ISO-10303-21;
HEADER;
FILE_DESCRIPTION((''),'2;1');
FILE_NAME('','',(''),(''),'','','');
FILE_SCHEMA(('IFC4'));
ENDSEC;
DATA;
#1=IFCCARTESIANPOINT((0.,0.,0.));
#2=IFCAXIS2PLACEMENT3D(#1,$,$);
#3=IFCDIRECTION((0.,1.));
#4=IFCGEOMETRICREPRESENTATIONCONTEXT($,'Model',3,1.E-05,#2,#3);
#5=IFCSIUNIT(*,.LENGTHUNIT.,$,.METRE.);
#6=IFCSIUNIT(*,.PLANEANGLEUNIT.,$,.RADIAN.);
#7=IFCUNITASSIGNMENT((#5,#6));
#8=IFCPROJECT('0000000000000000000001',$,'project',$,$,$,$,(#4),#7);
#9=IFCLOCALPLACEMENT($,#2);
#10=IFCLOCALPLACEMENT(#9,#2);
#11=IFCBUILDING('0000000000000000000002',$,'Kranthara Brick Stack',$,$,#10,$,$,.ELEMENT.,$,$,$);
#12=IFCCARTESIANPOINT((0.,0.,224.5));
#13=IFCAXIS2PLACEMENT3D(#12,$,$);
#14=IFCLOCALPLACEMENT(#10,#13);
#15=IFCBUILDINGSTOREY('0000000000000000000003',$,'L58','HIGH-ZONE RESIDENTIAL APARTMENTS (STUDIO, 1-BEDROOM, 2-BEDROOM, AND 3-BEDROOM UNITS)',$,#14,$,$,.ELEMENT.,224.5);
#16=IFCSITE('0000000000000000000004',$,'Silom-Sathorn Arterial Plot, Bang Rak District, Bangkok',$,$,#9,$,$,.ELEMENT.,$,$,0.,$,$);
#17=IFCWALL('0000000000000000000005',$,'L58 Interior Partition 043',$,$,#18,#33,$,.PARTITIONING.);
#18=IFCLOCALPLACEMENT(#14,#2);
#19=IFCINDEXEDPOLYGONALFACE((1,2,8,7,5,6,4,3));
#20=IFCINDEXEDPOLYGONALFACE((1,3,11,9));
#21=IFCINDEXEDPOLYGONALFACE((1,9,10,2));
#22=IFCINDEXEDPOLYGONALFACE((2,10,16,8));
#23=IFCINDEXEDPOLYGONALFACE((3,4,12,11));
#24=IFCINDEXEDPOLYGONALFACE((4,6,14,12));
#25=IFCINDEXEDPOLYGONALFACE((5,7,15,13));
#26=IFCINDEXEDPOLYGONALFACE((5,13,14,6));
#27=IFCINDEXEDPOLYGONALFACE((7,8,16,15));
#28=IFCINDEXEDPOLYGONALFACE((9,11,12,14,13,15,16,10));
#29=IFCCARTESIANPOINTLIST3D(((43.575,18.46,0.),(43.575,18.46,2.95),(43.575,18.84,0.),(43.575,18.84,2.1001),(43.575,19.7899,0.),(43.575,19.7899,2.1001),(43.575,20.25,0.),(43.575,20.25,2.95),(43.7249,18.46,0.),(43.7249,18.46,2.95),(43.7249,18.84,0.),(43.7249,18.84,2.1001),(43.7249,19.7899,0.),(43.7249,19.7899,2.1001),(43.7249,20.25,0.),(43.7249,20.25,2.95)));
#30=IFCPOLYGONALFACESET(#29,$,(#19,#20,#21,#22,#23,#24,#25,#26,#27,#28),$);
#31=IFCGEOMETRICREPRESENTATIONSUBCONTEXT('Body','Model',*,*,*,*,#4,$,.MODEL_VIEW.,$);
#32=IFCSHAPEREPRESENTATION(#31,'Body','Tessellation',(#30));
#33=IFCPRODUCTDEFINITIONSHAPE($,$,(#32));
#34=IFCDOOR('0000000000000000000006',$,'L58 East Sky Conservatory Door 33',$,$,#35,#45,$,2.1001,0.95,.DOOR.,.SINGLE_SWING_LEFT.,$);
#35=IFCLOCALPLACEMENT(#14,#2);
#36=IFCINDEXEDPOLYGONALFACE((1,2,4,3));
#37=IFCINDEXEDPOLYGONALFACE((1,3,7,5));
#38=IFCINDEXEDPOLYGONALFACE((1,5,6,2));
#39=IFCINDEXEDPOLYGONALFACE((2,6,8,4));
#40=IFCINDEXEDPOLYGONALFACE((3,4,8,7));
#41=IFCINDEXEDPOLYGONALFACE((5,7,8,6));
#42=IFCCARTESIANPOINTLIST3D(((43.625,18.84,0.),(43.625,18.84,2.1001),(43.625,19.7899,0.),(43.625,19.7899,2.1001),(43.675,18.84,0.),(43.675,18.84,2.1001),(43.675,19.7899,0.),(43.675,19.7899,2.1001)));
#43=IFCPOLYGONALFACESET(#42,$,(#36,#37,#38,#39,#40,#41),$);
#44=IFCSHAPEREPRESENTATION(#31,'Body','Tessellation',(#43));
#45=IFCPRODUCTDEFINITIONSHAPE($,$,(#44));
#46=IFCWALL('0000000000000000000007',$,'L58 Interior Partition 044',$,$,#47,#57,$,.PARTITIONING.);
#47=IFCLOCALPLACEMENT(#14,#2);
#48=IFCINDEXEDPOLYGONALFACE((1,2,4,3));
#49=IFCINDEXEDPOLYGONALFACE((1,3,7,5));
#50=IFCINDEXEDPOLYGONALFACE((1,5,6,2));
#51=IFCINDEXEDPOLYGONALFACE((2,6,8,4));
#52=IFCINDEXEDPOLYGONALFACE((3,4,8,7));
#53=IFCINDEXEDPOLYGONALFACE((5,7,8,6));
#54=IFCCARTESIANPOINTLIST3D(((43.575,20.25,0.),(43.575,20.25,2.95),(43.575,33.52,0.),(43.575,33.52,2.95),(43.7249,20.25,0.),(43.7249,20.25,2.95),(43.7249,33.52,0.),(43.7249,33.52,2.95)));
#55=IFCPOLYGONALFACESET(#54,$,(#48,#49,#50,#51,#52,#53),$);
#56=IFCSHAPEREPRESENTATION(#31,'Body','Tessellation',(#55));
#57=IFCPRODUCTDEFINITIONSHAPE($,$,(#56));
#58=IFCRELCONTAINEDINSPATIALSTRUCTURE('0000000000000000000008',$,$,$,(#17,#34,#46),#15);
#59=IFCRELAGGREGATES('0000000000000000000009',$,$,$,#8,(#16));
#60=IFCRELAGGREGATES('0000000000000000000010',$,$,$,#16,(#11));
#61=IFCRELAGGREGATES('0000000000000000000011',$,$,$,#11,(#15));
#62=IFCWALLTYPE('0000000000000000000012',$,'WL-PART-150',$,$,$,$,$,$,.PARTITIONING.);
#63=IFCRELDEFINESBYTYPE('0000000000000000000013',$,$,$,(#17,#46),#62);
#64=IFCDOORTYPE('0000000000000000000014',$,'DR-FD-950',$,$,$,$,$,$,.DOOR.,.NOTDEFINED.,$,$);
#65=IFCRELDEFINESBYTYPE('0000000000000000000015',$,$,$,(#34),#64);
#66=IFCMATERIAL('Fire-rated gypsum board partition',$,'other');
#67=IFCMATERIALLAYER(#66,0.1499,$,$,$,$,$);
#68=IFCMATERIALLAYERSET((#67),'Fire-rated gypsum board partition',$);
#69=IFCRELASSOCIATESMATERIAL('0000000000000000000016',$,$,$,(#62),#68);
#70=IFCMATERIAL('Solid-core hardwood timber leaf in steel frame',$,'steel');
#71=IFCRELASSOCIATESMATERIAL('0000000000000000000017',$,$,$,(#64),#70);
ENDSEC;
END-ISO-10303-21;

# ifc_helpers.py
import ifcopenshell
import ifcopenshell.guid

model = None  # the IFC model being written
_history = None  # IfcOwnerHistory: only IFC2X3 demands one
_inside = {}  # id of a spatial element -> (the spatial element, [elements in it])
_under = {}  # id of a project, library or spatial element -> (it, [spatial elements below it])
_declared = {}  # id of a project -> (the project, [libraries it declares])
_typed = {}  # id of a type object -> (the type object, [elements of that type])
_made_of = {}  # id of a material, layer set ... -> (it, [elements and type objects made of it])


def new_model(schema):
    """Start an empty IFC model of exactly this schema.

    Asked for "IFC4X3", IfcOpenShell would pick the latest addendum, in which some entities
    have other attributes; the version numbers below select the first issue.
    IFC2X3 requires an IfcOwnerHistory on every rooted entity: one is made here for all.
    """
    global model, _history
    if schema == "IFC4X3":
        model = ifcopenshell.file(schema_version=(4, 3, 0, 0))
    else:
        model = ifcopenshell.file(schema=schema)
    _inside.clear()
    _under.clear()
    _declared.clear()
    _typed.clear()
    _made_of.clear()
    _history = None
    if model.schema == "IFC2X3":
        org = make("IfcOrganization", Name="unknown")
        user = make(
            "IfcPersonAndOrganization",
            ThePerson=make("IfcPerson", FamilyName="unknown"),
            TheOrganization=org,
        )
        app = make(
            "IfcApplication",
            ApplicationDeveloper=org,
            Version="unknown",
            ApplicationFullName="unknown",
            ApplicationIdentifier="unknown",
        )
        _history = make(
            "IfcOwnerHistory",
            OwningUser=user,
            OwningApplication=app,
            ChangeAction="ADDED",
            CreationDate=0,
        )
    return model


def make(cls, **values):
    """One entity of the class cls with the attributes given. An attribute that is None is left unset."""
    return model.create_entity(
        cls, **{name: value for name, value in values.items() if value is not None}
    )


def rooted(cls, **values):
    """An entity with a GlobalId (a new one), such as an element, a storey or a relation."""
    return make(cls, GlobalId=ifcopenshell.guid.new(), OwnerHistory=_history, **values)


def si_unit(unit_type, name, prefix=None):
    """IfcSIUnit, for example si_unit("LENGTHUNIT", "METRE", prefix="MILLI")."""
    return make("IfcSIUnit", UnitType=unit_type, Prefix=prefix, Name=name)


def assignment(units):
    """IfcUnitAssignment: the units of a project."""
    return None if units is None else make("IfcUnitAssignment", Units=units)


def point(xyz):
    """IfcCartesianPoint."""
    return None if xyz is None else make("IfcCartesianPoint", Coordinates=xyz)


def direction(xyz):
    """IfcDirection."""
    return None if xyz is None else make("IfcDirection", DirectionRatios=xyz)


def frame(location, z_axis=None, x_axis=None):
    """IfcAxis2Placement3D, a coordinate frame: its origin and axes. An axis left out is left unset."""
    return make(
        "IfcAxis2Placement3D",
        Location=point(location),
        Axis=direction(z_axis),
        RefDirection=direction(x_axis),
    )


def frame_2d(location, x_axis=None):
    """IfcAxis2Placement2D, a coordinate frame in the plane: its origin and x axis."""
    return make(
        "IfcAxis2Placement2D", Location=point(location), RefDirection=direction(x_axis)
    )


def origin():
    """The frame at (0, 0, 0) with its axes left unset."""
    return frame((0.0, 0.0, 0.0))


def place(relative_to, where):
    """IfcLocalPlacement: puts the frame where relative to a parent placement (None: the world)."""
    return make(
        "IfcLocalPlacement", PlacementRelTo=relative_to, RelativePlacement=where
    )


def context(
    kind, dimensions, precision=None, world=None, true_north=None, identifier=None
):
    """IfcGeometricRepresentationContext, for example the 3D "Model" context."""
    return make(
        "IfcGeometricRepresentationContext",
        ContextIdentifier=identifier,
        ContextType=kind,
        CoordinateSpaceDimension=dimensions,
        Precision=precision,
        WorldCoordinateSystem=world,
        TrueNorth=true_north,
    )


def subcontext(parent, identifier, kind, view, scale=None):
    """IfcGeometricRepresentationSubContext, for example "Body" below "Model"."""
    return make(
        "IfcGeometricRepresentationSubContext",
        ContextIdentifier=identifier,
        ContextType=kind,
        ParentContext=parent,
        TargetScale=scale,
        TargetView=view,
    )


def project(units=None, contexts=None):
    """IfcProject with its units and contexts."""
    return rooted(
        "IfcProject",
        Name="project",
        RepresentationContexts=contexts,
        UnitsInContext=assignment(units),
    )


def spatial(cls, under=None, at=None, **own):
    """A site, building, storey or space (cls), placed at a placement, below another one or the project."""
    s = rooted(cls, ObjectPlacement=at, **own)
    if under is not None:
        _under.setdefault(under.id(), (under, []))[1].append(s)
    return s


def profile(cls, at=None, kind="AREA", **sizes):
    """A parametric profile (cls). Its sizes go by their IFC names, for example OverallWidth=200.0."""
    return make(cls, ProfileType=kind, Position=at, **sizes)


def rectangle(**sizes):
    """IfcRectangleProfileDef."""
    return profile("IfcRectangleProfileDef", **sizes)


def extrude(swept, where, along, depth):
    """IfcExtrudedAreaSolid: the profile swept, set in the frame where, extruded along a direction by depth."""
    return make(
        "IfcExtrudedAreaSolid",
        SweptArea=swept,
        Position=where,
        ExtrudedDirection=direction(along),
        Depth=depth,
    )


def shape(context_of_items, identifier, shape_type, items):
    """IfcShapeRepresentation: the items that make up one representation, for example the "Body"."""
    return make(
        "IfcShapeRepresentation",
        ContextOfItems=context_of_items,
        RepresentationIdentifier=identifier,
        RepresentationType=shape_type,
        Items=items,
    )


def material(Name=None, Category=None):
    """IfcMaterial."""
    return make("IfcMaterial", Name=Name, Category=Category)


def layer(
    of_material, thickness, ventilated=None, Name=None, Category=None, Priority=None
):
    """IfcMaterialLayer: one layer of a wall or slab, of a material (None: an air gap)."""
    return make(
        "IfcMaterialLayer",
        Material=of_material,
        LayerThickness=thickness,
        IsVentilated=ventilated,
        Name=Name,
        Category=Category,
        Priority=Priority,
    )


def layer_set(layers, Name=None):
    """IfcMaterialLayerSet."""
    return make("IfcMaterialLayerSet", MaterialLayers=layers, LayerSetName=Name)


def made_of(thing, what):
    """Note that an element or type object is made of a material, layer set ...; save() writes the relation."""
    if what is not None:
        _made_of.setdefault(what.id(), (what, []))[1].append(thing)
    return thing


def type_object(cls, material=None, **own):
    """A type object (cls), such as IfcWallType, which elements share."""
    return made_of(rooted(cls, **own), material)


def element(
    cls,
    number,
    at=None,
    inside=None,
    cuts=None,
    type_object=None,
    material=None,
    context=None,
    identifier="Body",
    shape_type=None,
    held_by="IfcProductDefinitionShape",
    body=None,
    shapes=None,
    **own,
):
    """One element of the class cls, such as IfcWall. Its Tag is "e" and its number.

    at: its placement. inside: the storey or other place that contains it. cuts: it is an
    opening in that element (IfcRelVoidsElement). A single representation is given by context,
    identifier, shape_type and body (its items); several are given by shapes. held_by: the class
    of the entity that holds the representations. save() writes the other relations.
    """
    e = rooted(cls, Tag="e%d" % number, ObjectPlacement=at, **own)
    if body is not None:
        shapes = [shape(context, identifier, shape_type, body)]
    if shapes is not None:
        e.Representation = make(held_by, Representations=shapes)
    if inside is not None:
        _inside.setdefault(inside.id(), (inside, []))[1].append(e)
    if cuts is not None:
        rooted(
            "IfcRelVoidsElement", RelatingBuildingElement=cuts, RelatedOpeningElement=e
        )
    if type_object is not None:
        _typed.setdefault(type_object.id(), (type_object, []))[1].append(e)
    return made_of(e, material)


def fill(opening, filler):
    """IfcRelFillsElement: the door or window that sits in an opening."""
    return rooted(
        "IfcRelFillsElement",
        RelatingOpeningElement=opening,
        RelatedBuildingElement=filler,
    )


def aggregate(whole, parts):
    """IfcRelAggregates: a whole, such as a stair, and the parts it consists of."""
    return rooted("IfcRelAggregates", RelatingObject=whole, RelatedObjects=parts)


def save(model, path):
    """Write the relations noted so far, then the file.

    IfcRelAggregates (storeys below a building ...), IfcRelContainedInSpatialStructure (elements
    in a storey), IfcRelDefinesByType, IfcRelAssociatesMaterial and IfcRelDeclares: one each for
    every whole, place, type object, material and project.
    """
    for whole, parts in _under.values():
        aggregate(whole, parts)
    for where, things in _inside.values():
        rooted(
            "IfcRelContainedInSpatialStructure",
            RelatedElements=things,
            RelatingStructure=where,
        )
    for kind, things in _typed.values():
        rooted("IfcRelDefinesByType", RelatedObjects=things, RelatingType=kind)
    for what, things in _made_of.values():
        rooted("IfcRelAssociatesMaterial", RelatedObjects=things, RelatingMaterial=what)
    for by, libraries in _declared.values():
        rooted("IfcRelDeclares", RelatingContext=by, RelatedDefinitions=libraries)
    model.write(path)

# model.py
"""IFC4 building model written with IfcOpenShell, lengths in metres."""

from ifc_helpers import new_model, si_unit, direction, frame, frame_2d, origin, place, context, subcontext, project, spatial, rectangle, extrude, material, layer, layer_set, type_object, element, fill, save


model = new_model("IFC4")

# Units and contexts
model_context = context("Model", 3, precision=1e-05, world=origin(), true_north=direction((0.0, 1.0)))
body_context = subcontext(model_context, "Body", "Model", "MODEL_VIEW")
ifc_project = project(units=[si_unit("LENGTHUNIT", "METRE"), si_unit("PLANEANGLEUNIT", "RADIAN")], contexts=[model_context])

# Site, building, storey
site_placement = place(None, origin())
site = spatial("IfcSite", under=ifc_project, at=site_placement, Name="Silom-Sathorn Arterial Plot, Bang Rak District, Bangkok", CompositionType="ELEMENT", RefElevation=0.0)
building_placement = place(site_placement, origin())
building = spatial("IfcBuilding", under=site, at=building_placement, Name="Kranthara Brick Stack", CompositionType="ELEMENT")
storey_placement = place(building_placement, frame((0.0, 0.0, 224.5)))
storey = spatial("IfcBuildingStorey", under=building, at=storey_placement, Name="L58", Description="HIGH-ZONE RESIDENTIAL APARTMENTS (STUDIO, 1-BEDROOM, 2-BEDROOM, AND 3-BEDROOM UNITS)", CompositionType="ELEMENT", Elevation=224.5)

# Shared definitions
ifc_material_1 = material(Name="Fire-rated gypsum board partition", Category="other")
ifc_layer_1 = layer(ifc_material_1, 0.1499)
ifc_layer_set_1 = layer_set([ifc_layer_1], Name="Fire-rated gypsum board partition")
wall_type_1 = type_object("IfcWallType", Name="WL-PART-150", PredefinedType="PARTITIONING", material=ifc_layer_set_1)

# Wall, opening, door
wall_1_placement = place(storey_placement, frame((43.6499, 18.46, 0.0), z_axis=(0.0, 0.0, 1.0), x_axis=(0.0, 1.0, 0.0)))
wall_1 = element("IfcWall", 1, at=wall_1_placement, inside=storey, type_object=wall_type_1, Name="L58 Interior Partition 043", PredefinedType="PARTITIONING", context=body_context, shape_type="SweptSolid", body=[
    extrude(rectangle(XDim=1.79, YDim=0.1499, at=frame_2d((0.895, 0.0))), origin(), (0.0, 0.0, 1.0), 2.95),
])
opening_1_placement = place(wall_1_placement, frame((0.3799, 0.0, 0.0)))
opening_1 = element("IfcOpeningElement", 2, at=opening_1_placement, cuts=wall_1, PredefinedType="OPENING", context=body_context, shape_type="SweptSolid", body=[
    extrude(rectangle(XDim=0.95, YDim=2.1001, at=frame_2d((0.4751, 1.05))), frame((0.0, 0.085, 0.0), z_axis=(0.0, -1.0, 0.0), x_axis=(1.0, 0.0, 0.0)), (0.0, 0.0, 1.0), 0.1699),
])
ifc_material_2 = material(Name="Solid-core hardwood timber leaf in steel frame", Category="steel")
door_type_1 = type_object("IfcDoorType", Name="DR-FD-950", OperationType="NOTDEFINED", PredefinedType="DOOR", material=ifc_material_2)
door_1_placement = place(opening_1_placement, origin())
door_1 = element("IfcDoor", 3, at=door_1_placement, inside=storey, type_object=door_type_1, Name="L58 East Sky Conservatory Door 33", OperationType="SINGLE_SWING_LEFT", OverallHeight=2.1001, OverallWidth=0.95, PredefinedType="DOOR", context=body_context, shape_type="SweptSolid", body=[
    extrude(rectangle(XDim=0.95, YDim=2.1001, at=frame_2d((0.4751, 1.05))), frame((0.0, 0.0249, 0.0), z_axis=(0.0, -1.0, 0.0), x_axis=(1.0, 0.0, 0.0)), (0.0, 0.0, 1.0), 0.05),
])
fill(opening_1, door_1)

# Wall
wall_2_placement = place(storey_placement, frame((43.6499, 20.25, 0.0), z_axis=(0.0, 0.0, 1.0), x_axis=(0.0, 1.0, 0.0)))
element("IfcWall", 4, at=wall_2_placement, inside=storey, type_object=wall_type_1, Name="L58 Interior Partition 044", PredefinedType="PARTITIONING", context=body_context, shape_type="SweptSolid", body=[
    extrude(rectangle(XDim=13.27, YDim=0.1499, at=frame_2d((6.635, 0.0))), origin(), (0.0, 0.0, 1.0), 2.95),
])

save(model, "model.ifc")
